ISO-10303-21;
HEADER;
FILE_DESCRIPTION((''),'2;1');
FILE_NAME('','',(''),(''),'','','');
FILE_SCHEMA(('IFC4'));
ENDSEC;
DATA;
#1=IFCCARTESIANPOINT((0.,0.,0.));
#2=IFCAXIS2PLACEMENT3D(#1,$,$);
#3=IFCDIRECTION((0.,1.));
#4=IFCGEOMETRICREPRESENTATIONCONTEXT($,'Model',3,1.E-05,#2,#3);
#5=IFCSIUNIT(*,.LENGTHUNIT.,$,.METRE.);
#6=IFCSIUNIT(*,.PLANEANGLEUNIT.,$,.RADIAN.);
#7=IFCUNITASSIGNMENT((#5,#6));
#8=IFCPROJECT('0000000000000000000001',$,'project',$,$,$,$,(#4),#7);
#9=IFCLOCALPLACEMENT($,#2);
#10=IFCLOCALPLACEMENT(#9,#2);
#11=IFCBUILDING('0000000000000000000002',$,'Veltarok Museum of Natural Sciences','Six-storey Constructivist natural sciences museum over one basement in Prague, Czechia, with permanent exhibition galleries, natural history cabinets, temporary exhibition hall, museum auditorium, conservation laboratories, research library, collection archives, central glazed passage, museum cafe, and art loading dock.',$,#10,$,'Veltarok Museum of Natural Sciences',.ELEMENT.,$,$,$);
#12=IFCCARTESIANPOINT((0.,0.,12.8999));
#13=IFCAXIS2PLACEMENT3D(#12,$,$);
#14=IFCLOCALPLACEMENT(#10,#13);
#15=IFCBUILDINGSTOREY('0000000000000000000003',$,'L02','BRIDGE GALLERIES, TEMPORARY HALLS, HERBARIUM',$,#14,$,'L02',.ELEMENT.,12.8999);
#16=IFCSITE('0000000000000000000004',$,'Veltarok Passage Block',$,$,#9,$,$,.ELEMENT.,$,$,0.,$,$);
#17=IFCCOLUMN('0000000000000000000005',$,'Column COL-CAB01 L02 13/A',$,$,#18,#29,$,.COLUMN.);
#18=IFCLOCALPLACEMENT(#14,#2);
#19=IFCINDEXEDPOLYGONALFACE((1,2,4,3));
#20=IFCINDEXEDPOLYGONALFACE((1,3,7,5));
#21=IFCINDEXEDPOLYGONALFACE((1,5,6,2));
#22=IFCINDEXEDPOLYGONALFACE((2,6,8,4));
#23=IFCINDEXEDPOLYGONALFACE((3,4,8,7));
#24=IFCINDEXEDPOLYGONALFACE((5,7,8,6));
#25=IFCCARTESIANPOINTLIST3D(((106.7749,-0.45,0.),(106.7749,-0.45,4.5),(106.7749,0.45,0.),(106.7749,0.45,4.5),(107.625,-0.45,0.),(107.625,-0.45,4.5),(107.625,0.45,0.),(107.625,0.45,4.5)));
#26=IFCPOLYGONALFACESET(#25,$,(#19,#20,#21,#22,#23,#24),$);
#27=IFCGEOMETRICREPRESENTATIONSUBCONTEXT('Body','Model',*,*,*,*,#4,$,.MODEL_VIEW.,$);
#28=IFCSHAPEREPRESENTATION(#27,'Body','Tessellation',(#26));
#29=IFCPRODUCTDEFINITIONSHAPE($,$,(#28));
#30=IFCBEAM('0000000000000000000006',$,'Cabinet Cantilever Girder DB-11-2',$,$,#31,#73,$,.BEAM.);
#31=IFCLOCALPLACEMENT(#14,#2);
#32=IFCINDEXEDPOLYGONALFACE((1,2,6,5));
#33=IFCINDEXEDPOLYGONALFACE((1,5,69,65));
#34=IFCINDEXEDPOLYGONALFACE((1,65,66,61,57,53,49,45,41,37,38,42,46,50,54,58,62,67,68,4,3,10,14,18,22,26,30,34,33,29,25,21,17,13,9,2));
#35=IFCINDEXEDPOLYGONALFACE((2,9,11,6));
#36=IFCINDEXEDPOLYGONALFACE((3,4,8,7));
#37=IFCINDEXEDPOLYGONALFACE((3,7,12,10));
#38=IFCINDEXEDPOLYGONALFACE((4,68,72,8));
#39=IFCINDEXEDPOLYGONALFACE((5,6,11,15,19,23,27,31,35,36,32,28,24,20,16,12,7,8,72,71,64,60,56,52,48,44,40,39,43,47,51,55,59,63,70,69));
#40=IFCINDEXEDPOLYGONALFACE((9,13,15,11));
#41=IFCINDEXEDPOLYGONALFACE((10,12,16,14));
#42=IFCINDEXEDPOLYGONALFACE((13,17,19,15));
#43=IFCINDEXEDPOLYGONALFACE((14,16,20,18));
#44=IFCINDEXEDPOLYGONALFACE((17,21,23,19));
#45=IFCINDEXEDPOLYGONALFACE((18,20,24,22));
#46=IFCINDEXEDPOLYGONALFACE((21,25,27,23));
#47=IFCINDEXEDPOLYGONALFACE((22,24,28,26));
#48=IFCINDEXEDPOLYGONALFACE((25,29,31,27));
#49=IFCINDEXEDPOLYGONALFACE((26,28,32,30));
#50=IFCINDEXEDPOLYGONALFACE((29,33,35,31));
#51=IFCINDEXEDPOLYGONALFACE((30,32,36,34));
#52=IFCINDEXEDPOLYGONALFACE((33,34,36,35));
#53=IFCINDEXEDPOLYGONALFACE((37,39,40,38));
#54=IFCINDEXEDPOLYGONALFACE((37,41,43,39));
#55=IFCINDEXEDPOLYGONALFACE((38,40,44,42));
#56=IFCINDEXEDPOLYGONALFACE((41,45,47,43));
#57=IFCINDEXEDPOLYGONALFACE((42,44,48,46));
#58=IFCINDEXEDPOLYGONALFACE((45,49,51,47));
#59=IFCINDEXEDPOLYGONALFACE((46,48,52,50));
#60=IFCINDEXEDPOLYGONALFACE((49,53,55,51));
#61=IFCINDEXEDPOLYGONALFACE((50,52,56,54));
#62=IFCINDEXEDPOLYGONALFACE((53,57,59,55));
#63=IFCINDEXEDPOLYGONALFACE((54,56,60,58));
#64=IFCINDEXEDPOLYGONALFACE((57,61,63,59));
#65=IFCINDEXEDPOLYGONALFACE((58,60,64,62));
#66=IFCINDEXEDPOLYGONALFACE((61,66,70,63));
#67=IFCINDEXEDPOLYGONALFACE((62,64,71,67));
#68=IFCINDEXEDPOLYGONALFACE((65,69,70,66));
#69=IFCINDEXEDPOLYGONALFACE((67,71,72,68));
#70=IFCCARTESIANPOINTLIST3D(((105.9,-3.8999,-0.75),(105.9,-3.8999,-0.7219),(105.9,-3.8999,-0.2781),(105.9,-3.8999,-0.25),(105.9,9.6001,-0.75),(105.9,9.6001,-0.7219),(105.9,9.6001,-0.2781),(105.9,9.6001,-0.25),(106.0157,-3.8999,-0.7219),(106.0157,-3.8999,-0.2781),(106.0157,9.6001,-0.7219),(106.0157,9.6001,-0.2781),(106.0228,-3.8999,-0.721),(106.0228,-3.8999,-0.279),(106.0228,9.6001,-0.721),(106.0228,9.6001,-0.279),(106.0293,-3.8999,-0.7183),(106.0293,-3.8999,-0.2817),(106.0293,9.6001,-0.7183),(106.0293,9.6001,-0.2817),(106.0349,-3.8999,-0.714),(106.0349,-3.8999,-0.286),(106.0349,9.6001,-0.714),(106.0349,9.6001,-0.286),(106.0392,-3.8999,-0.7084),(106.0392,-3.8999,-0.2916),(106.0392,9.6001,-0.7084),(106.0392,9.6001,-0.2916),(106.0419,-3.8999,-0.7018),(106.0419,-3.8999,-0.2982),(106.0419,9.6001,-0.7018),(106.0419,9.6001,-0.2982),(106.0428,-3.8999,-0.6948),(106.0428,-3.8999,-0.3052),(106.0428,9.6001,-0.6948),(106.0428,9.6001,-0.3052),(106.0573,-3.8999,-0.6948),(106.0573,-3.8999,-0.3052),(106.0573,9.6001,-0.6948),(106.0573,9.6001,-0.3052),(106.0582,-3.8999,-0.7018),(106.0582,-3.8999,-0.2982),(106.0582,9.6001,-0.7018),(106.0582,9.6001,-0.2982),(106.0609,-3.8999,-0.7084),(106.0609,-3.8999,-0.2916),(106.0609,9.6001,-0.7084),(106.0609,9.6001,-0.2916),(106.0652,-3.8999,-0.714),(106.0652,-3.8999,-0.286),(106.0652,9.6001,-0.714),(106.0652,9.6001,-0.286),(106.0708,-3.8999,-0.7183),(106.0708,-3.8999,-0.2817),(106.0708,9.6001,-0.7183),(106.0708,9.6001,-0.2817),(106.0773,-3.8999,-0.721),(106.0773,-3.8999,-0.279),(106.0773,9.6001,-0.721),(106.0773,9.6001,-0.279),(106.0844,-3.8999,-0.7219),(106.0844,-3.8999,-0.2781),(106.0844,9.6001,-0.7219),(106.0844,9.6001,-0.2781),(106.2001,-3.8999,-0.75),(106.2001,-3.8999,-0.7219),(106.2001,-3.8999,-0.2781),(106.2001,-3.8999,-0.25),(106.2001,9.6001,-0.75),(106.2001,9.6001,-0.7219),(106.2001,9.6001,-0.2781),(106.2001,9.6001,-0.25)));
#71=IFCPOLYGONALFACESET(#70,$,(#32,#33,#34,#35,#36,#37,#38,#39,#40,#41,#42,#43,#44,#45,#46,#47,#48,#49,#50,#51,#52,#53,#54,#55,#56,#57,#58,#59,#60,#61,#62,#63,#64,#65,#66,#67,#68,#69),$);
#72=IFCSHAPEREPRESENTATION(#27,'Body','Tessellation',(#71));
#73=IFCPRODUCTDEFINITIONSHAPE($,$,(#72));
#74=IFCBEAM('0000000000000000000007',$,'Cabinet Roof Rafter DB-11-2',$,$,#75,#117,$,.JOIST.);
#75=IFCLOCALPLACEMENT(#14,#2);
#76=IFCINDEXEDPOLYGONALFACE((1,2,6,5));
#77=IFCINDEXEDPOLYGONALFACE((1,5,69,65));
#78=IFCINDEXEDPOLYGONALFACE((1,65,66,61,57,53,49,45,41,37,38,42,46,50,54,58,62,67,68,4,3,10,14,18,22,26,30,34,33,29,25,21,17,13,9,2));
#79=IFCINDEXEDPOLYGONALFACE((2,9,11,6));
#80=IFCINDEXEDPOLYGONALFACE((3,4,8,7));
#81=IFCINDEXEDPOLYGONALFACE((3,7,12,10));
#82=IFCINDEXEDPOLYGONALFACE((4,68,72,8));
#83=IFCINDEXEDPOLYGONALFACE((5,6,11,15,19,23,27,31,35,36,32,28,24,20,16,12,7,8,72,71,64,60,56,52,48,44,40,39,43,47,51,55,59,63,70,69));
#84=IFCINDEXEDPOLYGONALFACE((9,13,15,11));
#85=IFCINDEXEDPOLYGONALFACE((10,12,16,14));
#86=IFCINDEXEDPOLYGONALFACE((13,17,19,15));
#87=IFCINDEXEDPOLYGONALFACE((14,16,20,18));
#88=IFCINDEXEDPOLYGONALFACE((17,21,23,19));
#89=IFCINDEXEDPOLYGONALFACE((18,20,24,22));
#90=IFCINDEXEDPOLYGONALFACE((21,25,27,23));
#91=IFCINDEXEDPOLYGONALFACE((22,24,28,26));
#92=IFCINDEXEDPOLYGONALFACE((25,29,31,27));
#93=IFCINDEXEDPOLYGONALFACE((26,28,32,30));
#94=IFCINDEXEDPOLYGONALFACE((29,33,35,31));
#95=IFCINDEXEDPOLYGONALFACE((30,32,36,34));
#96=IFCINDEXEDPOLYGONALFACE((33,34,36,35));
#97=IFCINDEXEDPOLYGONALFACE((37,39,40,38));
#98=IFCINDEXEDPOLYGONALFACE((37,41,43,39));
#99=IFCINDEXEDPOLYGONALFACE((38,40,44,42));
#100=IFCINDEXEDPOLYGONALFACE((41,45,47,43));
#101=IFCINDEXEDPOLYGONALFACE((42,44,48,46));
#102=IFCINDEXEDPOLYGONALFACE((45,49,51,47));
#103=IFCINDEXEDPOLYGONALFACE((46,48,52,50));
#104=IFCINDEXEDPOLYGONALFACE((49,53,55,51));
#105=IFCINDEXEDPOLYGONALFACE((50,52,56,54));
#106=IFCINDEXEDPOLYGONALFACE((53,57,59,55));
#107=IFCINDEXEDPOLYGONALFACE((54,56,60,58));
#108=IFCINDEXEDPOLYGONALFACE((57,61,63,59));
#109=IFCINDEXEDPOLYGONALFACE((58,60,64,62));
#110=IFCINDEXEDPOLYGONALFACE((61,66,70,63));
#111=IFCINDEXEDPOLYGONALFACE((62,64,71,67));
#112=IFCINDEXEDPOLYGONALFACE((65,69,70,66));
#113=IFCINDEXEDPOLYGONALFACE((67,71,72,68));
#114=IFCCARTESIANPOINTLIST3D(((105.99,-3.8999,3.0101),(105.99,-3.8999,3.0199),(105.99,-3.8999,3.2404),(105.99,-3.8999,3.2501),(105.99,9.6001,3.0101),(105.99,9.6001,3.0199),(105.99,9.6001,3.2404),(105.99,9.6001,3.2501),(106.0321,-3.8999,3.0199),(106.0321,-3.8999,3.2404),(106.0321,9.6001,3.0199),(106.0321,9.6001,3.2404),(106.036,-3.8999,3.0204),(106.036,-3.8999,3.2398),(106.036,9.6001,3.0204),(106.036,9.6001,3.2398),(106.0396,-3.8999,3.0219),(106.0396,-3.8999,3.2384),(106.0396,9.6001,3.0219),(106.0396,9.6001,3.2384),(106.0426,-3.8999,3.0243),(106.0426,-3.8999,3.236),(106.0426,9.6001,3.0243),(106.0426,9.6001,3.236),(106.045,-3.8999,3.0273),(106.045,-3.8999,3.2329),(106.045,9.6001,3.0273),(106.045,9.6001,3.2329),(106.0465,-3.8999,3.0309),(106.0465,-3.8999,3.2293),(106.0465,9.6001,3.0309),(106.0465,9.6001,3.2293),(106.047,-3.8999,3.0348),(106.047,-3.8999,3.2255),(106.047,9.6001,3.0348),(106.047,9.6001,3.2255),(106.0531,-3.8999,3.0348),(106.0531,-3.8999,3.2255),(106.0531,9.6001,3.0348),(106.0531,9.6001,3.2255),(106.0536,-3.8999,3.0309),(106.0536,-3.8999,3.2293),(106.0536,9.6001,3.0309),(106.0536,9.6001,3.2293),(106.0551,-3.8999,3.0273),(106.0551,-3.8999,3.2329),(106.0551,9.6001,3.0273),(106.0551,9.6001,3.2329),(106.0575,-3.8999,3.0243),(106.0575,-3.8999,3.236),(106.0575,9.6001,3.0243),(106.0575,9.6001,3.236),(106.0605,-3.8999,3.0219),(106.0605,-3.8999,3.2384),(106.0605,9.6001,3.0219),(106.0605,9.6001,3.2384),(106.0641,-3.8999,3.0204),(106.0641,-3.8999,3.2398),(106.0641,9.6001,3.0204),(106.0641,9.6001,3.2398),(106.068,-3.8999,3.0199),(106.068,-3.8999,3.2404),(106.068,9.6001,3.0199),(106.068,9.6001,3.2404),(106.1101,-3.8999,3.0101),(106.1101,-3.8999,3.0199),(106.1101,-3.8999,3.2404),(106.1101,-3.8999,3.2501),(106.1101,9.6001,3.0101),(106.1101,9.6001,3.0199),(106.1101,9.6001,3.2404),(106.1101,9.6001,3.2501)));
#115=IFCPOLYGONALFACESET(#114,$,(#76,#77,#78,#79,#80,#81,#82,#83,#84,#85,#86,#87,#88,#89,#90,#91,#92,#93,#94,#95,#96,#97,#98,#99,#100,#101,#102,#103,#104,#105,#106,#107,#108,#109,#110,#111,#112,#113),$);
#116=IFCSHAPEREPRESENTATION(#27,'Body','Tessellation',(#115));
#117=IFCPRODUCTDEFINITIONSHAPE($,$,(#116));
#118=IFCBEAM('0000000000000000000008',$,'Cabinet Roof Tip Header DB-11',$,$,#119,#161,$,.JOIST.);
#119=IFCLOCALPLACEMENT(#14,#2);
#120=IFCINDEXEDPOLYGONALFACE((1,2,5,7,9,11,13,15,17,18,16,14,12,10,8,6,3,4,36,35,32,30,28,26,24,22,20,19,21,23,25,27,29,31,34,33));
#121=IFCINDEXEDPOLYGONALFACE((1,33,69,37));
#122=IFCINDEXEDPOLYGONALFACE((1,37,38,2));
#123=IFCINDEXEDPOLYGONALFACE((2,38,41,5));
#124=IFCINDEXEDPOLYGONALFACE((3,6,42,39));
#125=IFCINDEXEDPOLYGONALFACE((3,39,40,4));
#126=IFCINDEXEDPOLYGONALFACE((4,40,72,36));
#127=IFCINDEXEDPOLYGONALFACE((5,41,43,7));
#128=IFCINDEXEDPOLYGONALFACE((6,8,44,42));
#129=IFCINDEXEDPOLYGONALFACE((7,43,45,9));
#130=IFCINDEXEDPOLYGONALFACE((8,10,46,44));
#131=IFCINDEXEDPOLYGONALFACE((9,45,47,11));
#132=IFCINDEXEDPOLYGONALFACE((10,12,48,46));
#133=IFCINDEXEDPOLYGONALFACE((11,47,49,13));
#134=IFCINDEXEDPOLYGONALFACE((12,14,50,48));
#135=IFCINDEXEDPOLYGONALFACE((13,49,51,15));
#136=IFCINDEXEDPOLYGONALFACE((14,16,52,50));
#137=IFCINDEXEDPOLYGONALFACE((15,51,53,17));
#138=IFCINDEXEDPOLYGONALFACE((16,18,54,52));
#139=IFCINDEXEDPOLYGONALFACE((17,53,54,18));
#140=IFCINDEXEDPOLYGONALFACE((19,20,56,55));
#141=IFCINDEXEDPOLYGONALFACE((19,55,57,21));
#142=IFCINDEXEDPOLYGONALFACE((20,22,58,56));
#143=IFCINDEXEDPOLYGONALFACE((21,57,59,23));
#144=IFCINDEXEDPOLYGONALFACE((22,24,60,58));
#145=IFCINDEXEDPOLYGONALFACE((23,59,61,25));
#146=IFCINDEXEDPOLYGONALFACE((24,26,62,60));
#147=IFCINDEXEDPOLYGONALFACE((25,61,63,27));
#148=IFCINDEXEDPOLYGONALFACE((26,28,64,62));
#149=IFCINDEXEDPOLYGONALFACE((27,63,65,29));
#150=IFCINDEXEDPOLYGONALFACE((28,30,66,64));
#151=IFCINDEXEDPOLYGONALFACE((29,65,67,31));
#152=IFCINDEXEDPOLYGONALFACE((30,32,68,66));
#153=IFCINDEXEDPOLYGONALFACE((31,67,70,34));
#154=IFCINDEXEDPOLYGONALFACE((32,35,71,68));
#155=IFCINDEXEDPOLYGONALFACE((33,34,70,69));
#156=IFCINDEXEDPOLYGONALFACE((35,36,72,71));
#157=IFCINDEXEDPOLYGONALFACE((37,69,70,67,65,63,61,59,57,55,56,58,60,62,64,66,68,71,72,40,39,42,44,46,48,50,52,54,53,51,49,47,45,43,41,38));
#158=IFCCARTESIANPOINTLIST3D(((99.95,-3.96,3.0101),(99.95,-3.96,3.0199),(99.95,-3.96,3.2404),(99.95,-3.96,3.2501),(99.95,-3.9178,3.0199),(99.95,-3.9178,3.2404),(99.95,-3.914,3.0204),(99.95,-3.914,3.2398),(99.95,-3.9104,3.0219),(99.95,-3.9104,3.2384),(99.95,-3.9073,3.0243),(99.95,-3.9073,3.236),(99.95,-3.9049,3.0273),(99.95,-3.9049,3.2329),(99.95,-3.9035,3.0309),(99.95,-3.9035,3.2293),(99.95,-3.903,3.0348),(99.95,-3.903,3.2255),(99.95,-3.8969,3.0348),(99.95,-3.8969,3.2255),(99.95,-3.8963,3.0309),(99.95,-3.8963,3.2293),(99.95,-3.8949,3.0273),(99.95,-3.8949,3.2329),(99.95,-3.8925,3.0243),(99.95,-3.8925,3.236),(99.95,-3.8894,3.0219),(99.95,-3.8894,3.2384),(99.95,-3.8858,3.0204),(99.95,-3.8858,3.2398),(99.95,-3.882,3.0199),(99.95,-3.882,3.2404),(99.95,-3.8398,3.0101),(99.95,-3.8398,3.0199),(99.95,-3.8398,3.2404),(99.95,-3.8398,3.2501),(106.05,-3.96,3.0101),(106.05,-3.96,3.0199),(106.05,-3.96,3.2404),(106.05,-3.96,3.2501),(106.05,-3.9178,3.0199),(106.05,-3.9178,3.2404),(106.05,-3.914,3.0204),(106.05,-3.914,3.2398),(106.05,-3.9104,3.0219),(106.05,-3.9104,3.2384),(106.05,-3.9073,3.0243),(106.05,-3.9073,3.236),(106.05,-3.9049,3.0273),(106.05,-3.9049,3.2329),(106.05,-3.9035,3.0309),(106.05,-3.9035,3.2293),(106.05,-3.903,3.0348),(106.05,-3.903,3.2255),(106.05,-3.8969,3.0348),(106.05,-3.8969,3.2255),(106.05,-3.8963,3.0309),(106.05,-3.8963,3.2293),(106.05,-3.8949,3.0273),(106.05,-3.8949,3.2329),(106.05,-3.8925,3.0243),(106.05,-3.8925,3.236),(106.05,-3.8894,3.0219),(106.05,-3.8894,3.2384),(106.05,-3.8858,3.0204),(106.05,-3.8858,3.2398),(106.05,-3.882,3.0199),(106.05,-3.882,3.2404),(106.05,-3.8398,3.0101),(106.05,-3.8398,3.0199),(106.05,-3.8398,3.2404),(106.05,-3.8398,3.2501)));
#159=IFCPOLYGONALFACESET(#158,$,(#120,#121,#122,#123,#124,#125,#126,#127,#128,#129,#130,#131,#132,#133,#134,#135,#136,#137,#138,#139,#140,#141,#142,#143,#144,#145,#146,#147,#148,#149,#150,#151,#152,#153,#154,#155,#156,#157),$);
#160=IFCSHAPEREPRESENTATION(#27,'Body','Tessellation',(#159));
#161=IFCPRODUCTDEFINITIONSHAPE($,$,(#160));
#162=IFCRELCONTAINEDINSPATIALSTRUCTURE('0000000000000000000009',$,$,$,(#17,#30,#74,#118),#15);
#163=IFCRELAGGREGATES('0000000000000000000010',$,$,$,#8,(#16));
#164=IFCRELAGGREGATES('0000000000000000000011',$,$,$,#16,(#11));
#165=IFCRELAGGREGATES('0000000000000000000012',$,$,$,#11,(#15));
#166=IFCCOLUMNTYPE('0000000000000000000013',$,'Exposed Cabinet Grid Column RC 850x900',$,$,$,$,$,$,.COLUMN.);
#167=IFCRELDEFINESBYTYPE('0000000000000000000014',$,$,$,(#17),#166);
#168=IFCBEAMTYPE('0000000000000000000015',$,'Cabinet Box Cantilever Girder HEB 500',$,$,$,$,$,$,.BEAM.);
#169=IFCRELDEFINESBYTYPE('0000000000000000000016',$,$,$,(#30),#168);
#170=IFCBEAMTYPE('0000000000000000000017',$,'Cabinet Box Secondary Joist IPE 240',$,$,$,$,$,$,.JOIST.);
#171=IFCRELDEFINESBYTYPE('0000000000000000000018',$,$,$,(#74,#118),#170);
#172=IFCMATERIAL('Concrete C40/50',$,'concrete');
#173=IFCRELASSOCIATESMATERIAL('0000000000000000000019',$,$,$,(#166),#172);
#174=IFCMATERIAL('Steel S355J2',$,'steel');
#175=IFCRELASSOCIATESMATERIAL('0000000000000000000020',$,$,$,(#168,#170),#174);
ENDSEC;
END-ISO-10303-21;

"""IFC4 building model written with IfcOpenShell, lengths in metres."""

from ifc_helpers import new_model, si_unit, direction, frame, origin, origin_2d, place, context, subcontext, project, spatial, rectangle, i_section, extrude, material, material_profile, profile_set, type_object, element, save


model = new_model("IFC4")

# Units and contexts
model_context = context("Model", 3, precision=1e-05, world=origin(), true_north=direction((0.0, 1.0)))
body_context = subcontext(model_context, "Body", "Model", "MODEL_VIEW")
ifc_project = project(units=[si_unit("LENGTHUNIT", "METRE"), si_unit("PLANEANGLEUNIT", "RADIAN")], contexts=[model_context])

# Site, building, storey
site_placement = place(None, origin())
site = spatial("IfcSite", under=ifc_project, at=site_placement, Name="Veltarok Passage Block", CompositionType="ELEMENT", RefElevation=0.0)
building_placement = place(site_placement, origin())
building = spatial("IfcBuilding", under=site, at=building_placement, Name="Veltarok Museum of Natural Sciences", Description="Six-storey Constructivist natural sciences museum over one basement in Prague, Czechia, with permanent exhibition galleries, natural history cabinets, temporary exhibition hall, museum auditorium, conservation laboratories, research library, collection archives, central glazed passage, museum cafe, and art loading dock.", LongName="Veltarok Museum of Natural Sciences", CompositionType="ELEMENT")
storey_placement = place(building_placement, frame((0.0, 0.0, 12.8999)))
storey = spatial("IfcBuildingStorey", under=building, at=storey_placement, Name="L02", Description="BRIDGE GALLERIES, TEMPORARY HALLS, HERBARIUM", LongName="L02", CompositionType="ELEMENT", Elevation=12.8999)

# Column
ifc_material_1 = material(Name="Concrete C40/50", Category="concrete")
ifc_material_profile_1 = material_profile(ifc_material_1, rectangle(XDim=0.8501, YDim=0.8999, at=origin_2d()), Name="RC 850x900")
ifc_profile_set_1 = profile_set([ifc_material_profile_1], Name="Concrete C40/50")
column_type = type_object("IfcColumnType", Name="Exposed Cabinet Grid Column RC 850x900", PredefinedType="COLUMN", material=ifc_profile_set_1)
column_placement = place(storey_placement, frame((107.2, 0.0, 0.0), z_axis=(0.0, 0.0, 1.0), x_axis=(1.0, 0.0, 0.0)))
element("IfcColumn", 1, at=column_placement, inside=storey, type_object=column_type, Name="Column COL-CAB01 L02 13/A", PredefinedType="COLUMN", context=body_context, shape_type="SweptSolid", body=[
    extrude(rectangle(XDim=0.8501, YDim=0.8999, at=origin_2d()), origin(), (0.0, 0.0, 1.0), 4.5),
])

# Beams
ifc_material_2 = material(Name="Steel S355J2", Category="steel")
ifc_material_profile_2 = material_profile(ifc_material_2, i_section(OverallWidth=0.3, OverallDepth=0.5, WebThickness=0.0144, FlangeThickness=0.0281, FilletRadius=0.0271, at=origin_2d()), Name="HEB 500")
ifc_profile_set_2 = profile_set([ifc_material_profile_2], Name="Steel S355J2")
beam_type_1 = type_object("IfcBeamType", Name="Cabinet Box Cantilever Girder HEB 500", PredefinedType="BEAM", material=ifc_profile_set_2)
beam_1_placement = place(storey_placement, frame((106.05, -3.8999, -0.5), z_axis=(0.0, 1.0, 0.0), x_axis=(-1.0, 0.0, 0.0)))
element("IfcBeam", 2, at=beam_1_placement, inside=storey, type_object=beam_type_1, Name="Cabinet Cantilever Girder DB-11-2", PredefinedType="BEAM", context=body_context, shape_type="SweptSolid", body=[
    extrude(i_section(OverallWidth=0.3, OverallDepth=0.5, WebThickness=0.0144, FlangeThickness=0.0281, FilletRadius=0.0271, at=origin_2d()), origin(), (0.0, 0.0, 1.0), 13.5),
])
ifc_material_profile_3 = material_profile(ifc_material_2, i_section(OverallWidth=0.1201, OverallDepth=0.24, WebThickness=0.0061, FlangeThickness=0.0098, FilletRadius=0.0149, at=origin_2d()), Name="IPE 240")
ifc_profile_set_3 = profile_set([ifc_material_profile_3], Name="Steel S355J2")
beam_type_2 = type_object("IfcBeamType", Name="Cabinet Box Secondary Joist IPE 240", PredefinedType="JOIST", material=ifc_profile_set_3)
beam_2_placement = place(storey_placement, frame((106.05, -3.8999, 3.1301), z_axis=(0.0, 1.0, 0.0), x_axis=(-1.0, 0.0, 0.0)))
element("IfcBeam", 3, at=beam_2_placement, inside=storey, type_object=beam_type_2, Name="Cabinet Roof Rafter DB-11-2", PredefinedType="JOIST", context=body_context, shape_type="SweptSolid", body=[
    extrude(i_section(OverallWidth=0.1201, OverallDepth=0.24, WebThickness=0.0061, FlangeThickness=0.0098, FilletRadius=0.0149, at=origin_2d()), origin(), (0.0, 0.0, 1.0), 13.5),
])
for number, where, z_axis, x_axis, name in (
    (4, (99.95, -3.8999, 3.1301), (1.0, 0.0, 0.0), (0.0, 1.0, 0.0), "Cabinet Roof Tip Header DB-11"),
):
    element("IfcBeam", number, at=place(storey_placement, frame(where, z_axis=z_axis, x_axis=x_axis)), inside=storey, type_object=beam_type_2, Name=name, PredefinedType="JOIST", context=body_context, shape_type="SweptSolid", body=[
        extrude(i_section(OverallWidth=0.1201, OverallDepth=0.24, WebThickness=0.0061, FlangeThickness=0.0098, FilletRadius=0.0149, at=origin_2d()), origin(), (0.0, 0.0, 1.0), 6.1001),
    ])

save(model, "model.ifc")
